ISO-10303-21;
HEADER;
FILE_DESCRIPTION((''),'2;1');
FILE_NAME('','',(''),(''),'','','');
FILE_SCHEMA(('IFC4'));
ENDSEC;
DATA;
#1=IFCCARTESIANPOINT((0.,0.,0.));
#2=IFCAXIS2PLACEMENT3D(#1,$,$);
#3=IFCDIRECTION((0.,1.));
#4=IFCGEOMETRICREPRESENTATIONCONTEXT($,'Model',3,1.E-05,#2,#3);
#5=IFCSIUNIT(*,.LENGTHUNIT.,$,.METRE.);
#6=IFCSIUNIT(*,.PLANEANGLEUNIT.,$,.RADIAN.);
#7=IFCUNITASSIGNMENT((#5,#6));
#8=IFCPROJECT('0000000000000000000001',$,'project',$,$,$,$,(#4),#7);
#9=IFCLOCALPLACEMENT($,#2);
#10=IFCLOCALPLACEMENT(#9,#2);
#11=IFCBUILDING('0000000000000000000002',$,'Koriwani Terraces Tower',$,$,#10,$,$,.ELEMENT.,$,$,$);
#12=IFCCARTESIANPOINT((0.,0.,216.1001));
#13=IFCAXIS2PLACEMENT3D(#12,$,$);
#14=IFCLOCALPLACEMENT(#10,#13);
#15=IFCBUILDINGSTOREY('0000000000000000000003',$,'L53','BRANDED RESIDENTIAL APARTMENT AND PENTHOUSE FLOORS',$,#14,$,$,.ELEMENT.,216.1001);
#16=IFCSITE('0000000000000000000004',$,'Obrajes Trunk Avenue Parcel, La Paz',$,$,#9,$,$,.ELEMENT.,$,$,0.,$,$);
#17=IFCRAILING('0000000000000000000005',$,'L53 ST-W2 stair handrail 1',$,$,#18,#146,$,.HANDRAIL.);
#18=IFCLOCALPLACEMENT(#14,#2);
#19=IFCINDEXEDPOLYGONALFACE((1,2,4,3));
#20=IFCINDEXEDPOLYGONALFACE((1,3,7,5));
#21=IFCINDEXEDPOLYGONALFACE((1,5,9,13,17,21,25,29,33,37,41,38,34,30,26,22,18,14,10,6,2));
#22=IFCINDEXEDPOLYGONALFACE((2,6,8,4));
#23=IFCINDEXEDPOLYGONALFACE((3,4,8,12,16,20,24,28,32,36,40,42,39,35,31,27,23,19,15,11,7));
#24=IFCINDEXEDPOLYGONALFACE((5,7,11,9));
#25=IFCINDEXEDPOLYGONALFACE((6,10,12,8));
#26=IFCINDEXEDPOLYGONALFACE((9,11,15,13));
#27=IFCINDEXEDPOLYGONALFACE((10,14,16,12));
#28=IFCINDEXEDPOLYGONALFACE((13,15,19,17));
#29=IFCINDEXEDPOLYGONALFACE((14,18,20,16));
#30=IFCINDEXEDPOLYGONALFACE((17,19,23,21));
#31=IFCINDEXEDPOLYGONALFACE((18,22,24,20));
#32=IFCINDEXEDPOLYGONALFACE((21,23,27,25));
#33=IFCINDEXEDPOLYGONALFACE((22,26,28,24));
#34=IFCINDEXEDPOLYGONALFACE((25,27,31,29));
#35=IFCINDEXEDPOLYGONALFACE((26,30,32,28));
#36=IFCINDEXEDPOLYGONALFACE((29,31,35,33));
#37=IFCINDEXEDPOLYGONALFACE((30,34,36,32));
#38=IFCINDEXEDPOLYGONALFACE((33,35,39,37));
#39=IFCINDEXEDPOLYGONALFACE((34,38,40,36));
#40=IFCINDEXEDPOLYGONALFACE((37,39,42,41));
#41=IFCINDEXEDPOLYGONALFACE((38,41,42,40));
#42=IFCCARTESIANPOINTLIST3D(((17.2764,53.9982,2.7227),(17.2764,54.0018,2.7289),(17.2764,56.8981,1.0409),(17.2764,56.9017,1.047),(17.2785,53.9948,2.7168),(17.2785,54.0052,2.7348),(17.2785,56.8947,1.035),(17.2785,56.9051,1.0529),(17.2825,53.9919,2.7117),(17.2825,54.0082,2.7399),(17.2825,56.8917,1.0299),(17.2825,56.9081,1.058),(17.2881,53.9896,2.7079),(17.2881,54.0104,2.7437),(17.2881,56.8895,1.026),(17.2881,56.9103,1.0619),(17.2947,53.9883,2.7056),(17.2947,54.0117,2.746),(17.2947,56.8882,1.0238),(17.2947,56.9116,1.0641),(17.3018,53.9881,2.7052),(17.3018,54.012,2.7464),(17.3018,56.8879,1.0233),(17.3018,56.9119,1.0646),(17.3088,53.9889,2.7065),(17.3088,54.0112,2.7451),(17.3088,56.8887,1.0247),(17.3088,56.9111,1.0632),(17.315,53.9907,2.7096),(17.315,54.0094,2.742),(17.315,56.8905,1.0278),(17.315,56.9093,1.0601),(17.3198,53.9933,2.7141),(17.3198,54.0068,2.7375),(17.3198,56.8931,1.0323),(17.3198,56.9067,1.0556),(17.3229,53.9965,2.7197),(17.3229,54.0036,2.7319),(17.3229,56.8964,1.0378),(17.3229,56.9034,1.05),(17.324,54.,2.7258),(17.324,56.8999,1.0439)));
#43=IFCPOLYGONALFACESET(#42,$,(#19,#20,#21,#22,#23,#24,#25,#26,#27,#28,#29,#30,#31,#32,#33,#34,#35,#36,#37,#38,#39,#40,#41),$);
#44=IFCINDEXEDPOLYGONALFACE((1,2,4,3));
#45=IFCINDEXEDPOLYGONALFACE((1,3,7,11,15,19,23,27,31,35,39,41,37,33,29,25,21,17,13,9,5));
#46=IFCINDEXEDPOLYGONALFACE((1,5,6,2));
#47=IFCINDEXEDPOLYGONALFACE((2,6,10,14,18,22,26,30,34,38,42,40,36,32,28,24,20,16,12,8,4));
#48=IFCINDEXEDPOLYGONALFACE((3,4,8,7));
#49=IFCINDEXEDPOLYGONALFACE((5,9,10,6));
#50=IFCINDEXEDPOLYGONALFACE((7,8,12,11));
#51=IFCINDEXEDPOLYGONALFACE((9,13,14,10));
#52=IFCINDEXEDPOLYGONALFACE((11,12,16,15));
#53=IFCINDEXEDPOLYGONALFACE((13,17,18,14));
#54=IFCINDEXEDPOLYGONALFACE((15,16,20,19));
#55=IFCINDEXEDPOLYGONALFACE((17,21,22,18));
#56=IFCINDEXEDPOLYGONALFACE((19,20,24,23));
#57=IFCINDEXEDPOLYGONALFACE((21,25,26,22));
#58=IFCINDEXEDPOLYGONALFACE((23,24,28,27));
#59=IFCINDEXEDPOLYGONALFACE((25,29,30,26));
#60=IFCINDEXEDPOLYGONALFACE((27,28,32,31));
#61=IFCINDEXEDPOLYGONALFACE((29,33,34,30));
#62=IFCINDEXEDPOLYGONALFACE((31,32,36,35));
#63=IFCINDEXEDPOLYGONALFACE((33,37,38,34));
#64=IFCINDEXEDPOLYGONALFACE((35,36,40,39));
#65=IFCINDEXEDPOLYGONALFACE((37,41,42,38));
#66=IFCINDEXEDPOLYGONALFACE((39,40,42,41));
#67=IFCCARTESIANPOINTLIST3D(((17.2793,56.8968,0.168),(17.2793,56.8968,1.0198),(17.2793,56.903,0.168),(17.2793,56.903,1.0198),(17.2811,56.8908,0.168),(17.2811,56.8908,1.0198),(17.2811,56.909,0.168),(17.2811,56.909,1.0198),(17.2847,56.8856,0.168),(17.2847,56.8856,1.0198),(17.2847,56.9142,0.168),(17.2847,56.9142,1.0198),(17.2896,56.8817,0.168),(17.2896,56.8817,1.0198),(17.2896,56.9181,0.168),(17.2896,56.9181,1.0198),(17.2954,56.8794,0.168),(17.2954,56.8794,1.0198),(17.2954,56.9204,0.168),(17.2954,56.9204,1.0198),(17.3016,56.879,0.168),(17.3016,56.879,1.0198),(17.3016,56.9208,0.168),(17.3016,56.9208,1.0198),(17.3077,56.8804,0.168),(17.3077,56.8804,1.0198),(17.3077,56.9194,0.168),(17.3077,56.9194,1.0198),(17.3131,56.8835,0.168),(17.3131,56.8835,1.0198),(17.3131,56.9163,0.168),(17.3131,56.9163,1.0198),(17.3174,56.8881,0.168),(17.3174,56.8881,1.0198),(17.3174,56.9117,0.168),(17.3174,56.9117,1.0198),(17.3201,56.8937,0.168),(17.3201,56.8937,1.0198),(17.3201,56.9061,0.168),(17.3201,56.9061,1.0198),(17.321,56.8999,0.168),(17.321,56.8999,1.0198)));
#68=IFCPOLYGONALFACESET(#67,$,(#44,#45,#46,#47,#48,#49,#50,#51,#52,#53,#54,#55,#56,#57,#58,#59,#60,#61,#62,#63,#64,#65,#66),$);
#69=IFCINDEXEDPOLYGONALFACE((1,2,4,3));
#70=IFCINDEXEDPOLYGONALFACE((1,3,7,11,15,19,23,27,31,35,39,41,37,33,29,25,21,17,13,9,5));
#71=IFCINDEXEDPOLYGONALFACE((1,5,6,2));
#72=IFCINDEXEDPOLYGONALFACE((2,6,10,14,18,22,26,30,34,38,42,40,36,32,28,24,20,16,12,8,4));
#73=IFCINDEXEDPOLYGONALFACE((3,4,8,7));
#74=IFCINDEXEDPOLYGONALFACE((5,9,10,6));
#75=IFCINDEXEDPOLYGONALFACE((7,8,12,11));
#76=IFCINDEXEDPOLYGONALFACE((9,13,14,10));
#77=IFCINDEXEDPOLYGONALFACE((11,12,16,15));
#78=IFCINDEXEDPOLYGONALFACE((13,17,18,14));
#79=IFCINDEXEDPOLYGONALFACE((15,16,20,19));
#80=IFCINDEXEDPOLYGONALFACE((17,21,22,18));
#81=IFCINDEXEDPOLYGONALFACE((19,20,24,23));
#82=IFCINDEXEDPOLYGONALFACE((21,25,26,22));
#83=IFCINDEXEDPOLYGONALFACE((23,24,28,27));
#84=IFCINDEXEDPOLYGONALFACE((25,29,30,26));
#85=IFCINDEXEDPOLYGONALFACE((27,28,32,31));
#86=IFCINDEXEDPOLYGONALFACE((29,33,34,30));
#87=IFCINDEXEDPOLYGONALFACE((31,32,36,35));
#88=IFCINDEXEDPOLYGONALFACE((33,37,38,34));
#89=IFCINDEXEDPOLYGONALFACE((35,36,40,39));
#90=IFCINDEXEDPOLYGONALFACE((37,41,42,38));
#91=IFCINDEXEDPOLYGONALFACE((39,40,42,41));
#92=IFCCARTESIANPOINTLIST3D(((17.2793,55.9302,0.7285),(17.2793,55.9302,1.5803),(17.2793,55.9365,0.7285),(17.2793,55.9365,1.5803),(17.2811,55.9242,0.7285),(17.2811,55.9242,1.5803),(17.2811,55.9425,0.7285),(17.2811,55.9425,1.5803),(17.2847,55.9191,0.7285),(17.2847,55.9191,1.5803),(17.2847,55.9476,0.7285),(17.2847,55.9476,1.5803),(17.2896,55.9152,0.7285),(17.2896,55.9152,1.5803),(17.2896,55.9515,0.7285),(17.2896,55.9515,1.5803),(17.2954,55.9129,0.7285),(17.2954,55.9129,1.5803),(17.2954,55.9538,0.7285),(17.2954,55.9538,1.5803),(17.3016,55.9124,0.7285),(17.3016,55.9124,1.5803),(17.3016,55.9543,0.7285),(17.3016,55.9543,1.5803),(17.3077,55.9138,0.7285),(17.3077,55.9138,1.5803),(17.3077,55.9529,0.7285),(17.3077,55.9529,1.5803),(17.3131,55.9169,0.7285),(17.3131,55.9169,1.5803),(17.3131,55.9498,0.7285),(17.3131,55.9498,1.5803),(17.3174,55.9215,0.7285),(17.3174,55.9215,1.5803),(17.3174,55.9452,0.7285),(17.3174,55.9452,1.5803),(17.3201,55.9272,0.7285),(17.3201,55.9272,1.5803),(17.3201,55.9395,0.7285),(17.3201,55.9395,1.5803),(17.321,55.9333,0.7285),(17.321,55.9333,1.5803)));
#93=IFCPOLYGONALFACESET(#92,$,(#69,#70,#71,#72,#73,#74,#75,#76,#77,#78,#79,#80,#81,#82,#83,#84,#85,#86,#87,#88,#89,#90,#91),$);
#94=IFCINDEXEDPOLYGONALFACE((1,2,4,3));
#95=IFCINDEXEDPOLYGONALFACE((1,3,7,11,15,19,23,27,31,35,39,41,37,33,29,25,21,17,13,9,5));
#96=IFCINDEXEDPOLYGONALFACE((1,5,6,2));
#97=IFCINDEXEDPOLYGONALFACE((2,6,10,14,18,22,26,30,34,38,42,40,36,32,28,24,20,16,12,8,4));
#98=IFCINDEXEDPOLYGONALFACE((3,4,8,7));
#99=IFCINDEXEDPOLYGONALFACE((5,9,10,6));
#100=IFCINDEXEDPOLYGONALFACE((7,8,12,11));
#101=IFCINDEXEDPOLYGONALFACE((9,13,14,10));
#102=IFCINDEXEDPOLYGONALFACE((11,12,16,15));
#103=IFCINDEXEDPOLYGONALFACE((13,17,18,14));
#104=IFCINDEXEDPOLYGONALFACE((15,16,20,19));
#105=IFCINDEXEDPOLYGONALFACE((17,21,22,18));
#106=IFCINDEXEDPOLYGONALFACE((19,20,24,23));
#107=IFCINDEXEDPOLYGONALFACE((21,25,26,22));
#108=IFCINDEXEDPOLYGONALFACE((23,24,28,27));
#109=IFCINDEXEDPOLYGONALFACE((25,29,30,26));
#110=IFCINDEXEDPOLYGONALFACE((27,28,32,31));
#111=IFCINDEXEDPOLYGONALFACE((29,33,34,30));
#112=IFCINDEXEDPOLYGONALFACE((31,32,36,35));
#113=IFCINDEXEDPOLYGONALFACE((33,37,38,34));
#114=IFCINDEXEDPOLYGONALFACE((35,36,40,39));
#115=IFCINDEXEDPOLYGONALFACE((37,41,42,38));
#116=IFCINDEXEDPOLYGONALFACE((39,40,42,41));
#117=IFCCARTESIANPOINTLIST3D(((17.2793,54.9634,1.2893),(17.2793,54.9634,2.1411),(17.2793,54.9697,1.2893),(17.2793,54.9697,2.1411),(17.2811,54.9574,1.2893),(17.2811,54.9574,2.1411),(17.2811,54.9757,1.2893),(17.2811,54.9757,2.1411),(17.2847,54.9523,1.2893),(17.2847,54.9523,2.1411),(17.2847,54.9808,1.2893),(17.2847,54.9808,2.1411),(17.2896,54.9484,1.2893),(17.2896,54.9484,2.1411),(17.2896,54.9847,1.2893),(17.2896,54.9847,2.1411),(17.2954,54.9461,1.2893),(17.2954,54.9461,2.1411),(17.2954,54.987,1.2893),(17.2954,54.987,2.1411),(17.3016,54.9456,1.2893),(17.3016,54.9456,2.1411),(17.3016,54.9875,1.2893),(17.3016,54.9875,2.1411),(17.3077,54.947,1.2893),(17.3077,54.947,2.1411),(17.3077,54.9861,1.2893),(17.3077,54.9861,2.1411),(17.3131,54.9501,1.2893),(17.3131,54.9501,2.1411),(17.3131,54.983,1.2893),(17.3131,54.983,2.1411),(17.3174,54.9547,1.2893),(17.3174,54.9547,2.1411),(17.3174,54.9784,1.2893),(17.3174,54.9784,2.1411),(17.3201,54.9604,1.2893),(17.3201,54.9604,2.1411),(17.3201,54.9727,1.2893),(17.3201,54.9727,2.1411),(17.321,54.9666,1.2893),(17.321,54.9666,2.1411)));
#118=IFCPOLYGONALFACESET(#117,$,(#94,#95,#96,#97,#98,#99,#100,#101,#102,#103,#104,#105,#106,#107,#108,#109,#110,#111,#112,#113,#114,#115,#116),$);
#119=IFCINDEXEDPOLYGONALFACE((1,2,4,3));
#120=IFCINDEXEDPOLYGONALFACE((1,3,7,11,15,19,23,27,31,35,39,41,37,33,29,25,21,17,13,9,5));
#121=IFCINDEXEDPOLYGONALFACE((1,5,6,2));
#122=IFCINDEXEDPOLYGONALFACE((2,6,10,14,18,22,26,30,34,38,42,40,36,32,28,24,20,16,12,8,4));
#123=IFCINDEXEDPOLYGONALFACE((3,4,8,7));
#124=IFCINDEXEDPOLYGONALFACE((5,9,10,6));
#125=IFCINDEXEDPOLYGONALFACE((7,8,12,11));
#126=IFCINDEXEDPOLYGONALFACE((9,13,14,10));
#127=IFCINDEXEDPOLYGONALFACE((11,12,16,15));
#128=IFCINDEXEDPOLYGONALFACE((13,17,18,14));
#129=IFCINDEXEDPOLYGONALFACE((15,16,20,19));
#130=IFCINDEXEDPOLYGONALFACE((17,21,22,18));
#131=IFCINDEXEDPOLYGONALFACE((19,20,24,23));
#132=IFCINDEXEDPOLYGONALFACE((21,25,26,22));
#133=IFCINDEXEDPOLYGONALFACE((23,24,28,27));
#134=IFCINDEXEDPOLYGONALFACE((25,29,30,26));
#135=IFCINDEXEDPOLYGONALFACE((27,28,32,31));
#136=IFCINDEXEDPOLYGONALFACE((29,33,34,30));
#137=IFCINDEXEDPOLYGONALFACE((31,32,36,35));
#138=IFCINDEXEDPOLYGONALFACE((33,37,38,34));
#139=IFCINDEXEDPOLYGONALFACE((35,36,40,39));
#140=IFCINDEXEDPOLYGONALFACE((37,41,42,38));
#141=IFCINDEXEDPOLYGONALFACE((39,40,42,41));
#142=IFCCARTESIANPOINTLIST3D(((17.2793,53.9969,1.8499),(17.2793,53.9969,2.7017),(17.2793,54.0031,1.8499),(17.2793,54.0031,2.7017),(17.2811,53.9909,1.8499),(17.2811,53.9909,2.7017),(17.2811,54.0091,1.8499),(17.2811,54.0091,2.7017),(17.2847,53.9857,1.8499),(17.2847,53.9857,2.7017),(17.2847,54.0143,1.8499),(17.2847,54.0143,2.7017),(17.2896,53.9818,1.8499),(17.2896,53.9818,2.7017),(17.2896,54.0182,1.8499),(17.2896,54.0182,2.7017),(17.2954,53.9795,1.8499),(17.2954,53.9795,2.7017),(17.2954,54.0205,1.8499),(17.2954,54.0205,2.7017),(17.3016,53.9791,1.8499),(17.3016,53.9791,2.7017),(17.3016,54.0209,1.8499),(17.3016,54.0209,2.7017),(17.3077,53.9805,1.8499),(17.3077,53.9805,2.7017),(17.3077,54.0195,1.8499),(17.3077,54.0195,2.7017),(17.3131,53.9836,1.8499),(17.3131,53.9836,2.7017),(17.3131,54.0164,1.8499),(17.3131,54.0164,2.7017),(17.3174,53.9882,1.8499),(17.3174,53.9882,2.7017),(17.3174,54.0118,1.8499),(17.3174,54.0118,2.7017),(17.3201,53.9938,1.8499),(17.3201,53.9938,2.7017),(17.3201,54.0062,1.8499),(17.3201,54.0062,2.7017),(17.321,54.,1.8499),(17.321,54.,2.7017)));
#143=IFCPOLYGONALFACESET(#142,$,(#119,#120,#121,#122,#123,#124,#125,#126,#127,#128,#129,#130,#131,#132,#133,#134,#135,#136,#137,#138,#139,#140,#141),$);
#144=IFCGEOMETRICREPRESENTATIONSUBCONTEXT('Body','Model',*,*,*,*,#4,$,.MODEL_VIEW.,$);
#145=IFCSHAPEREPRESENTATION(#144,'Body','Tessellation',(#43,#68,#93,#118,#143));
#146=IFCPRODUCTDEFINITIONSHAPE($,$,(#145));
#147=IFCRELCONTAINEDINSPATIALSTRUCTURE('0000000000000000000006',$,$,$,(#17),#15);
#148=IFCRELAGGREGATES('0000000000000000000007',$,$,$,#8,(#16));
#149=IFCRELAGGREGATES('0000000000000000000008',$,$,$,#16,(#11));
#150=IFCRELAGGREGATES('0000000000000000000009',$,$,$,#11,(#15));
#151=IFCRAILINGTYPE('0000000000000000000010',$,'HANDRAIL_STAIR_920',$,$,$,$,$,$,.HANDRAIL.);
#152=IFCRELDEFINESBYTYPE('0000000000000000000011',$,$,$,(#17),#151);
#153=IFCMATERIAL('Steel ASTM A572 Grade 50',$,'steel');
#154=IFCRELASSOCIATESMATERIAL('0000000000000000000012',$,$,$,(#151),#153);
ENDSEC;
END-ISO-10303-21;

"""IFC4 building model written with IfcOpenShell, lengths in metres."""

from ifc_helpers import new_model, si_unit, direction, frame, origin, origin_2d, place, context, subcontext, project, spatial, circle, extrude, material, type_object, element, save


model = new_model("IFC4")

# Units and contexts
model_context = context("Model", 3, precision=1e-05, world=origin(), true_north=direction((0.0, 1.0)))
body_context = subcontext(model_context, "Body", "Model", "MODEL_VIEW")
ifc_project = project(units=[si_unit("LENGTHUNIT", "METRE"), si_unit("PLANEANGLEUNIT", "RADIAN")], contexts=[model_context])

# Site, building, storey
site_placement = place(None, origin())
site = spatial("IfcSite", under=ifc_project, at=site_placement, Name="Obrajes Trunk Avenue Parcel, La Paz", CompositionType="ELEMENT", RefElevation=0.0)
building_placement = place(site_placement, origin())
building = spatial("IfcBuilding", under=site, at=building_placement, Name="Koriwani Terraces Tower", CompositionType="ELEMENT")
storey_placement = place(building_placement, frame((0.0, 0.0, 216.1001)))
storey = spatial("IfcBuildingStorey", under=building, at=storey_placement, Name="L53", Description="BRANDED RESIDENTIAL APARTMENT AND PENTHOUSE FLOORS", CompositionType="ELEMENT", Elevation=216.1001)

# Shared definitions
ifc_material_1 = material(Name="Steel ASTM A572 Grade 50", Category="steel")

# Railing
railing_type_1 = type_object("IfcRailingType", Name="HANDRAIL_STAIR_920", PredefinedType="HANDRAIL", material=ifc_material_1)
railing_1_placement = place(storey_placement, frame((17.3, 56.8999, 0.168)))
element("IfcRailing", 1, at=railing_1_placement, inside=storey, type_object=railing_type_1, Name="L53 ST-W2 stair handrail 1", PredefinedType="HANDRAIL", context=body_context, shape_type="SweptSolid", body=[
    extrude(circle(Radius=0.0239, at=origin_2d()), frame((0.0, 0.0, 0.876), z_axis=(0.0, -0.865039, 0.501705), x_axis=(1.0, 0.0, 0.0)), (0.0, 0.0, 1.0), 3.3523),
    extrude(circle(Radius=0.021, at=origin_2d()), origin(), (0.0, 0.0, 1.0), 0.8518),
    extrude(circle(Radius=0.021, at=origin_2d()), frame((0.0, -0.9666, 0.5605)), (0.0, 0.0, 1.0), 0.8518),
    extrude(circle(Radius=0.021, at=origin_2d()), frame((0.0, -1.9333, 1.1213)), (0.0, 0.0, 1.0), 0.8518),
    extrude(circle(Radius=0.021, at=origin_2d()), frame((0.0, -2.8999, 1.6819)), (0.0, 0.0, 1.0), 0.8518),
])

save(model, "model.ifc")
